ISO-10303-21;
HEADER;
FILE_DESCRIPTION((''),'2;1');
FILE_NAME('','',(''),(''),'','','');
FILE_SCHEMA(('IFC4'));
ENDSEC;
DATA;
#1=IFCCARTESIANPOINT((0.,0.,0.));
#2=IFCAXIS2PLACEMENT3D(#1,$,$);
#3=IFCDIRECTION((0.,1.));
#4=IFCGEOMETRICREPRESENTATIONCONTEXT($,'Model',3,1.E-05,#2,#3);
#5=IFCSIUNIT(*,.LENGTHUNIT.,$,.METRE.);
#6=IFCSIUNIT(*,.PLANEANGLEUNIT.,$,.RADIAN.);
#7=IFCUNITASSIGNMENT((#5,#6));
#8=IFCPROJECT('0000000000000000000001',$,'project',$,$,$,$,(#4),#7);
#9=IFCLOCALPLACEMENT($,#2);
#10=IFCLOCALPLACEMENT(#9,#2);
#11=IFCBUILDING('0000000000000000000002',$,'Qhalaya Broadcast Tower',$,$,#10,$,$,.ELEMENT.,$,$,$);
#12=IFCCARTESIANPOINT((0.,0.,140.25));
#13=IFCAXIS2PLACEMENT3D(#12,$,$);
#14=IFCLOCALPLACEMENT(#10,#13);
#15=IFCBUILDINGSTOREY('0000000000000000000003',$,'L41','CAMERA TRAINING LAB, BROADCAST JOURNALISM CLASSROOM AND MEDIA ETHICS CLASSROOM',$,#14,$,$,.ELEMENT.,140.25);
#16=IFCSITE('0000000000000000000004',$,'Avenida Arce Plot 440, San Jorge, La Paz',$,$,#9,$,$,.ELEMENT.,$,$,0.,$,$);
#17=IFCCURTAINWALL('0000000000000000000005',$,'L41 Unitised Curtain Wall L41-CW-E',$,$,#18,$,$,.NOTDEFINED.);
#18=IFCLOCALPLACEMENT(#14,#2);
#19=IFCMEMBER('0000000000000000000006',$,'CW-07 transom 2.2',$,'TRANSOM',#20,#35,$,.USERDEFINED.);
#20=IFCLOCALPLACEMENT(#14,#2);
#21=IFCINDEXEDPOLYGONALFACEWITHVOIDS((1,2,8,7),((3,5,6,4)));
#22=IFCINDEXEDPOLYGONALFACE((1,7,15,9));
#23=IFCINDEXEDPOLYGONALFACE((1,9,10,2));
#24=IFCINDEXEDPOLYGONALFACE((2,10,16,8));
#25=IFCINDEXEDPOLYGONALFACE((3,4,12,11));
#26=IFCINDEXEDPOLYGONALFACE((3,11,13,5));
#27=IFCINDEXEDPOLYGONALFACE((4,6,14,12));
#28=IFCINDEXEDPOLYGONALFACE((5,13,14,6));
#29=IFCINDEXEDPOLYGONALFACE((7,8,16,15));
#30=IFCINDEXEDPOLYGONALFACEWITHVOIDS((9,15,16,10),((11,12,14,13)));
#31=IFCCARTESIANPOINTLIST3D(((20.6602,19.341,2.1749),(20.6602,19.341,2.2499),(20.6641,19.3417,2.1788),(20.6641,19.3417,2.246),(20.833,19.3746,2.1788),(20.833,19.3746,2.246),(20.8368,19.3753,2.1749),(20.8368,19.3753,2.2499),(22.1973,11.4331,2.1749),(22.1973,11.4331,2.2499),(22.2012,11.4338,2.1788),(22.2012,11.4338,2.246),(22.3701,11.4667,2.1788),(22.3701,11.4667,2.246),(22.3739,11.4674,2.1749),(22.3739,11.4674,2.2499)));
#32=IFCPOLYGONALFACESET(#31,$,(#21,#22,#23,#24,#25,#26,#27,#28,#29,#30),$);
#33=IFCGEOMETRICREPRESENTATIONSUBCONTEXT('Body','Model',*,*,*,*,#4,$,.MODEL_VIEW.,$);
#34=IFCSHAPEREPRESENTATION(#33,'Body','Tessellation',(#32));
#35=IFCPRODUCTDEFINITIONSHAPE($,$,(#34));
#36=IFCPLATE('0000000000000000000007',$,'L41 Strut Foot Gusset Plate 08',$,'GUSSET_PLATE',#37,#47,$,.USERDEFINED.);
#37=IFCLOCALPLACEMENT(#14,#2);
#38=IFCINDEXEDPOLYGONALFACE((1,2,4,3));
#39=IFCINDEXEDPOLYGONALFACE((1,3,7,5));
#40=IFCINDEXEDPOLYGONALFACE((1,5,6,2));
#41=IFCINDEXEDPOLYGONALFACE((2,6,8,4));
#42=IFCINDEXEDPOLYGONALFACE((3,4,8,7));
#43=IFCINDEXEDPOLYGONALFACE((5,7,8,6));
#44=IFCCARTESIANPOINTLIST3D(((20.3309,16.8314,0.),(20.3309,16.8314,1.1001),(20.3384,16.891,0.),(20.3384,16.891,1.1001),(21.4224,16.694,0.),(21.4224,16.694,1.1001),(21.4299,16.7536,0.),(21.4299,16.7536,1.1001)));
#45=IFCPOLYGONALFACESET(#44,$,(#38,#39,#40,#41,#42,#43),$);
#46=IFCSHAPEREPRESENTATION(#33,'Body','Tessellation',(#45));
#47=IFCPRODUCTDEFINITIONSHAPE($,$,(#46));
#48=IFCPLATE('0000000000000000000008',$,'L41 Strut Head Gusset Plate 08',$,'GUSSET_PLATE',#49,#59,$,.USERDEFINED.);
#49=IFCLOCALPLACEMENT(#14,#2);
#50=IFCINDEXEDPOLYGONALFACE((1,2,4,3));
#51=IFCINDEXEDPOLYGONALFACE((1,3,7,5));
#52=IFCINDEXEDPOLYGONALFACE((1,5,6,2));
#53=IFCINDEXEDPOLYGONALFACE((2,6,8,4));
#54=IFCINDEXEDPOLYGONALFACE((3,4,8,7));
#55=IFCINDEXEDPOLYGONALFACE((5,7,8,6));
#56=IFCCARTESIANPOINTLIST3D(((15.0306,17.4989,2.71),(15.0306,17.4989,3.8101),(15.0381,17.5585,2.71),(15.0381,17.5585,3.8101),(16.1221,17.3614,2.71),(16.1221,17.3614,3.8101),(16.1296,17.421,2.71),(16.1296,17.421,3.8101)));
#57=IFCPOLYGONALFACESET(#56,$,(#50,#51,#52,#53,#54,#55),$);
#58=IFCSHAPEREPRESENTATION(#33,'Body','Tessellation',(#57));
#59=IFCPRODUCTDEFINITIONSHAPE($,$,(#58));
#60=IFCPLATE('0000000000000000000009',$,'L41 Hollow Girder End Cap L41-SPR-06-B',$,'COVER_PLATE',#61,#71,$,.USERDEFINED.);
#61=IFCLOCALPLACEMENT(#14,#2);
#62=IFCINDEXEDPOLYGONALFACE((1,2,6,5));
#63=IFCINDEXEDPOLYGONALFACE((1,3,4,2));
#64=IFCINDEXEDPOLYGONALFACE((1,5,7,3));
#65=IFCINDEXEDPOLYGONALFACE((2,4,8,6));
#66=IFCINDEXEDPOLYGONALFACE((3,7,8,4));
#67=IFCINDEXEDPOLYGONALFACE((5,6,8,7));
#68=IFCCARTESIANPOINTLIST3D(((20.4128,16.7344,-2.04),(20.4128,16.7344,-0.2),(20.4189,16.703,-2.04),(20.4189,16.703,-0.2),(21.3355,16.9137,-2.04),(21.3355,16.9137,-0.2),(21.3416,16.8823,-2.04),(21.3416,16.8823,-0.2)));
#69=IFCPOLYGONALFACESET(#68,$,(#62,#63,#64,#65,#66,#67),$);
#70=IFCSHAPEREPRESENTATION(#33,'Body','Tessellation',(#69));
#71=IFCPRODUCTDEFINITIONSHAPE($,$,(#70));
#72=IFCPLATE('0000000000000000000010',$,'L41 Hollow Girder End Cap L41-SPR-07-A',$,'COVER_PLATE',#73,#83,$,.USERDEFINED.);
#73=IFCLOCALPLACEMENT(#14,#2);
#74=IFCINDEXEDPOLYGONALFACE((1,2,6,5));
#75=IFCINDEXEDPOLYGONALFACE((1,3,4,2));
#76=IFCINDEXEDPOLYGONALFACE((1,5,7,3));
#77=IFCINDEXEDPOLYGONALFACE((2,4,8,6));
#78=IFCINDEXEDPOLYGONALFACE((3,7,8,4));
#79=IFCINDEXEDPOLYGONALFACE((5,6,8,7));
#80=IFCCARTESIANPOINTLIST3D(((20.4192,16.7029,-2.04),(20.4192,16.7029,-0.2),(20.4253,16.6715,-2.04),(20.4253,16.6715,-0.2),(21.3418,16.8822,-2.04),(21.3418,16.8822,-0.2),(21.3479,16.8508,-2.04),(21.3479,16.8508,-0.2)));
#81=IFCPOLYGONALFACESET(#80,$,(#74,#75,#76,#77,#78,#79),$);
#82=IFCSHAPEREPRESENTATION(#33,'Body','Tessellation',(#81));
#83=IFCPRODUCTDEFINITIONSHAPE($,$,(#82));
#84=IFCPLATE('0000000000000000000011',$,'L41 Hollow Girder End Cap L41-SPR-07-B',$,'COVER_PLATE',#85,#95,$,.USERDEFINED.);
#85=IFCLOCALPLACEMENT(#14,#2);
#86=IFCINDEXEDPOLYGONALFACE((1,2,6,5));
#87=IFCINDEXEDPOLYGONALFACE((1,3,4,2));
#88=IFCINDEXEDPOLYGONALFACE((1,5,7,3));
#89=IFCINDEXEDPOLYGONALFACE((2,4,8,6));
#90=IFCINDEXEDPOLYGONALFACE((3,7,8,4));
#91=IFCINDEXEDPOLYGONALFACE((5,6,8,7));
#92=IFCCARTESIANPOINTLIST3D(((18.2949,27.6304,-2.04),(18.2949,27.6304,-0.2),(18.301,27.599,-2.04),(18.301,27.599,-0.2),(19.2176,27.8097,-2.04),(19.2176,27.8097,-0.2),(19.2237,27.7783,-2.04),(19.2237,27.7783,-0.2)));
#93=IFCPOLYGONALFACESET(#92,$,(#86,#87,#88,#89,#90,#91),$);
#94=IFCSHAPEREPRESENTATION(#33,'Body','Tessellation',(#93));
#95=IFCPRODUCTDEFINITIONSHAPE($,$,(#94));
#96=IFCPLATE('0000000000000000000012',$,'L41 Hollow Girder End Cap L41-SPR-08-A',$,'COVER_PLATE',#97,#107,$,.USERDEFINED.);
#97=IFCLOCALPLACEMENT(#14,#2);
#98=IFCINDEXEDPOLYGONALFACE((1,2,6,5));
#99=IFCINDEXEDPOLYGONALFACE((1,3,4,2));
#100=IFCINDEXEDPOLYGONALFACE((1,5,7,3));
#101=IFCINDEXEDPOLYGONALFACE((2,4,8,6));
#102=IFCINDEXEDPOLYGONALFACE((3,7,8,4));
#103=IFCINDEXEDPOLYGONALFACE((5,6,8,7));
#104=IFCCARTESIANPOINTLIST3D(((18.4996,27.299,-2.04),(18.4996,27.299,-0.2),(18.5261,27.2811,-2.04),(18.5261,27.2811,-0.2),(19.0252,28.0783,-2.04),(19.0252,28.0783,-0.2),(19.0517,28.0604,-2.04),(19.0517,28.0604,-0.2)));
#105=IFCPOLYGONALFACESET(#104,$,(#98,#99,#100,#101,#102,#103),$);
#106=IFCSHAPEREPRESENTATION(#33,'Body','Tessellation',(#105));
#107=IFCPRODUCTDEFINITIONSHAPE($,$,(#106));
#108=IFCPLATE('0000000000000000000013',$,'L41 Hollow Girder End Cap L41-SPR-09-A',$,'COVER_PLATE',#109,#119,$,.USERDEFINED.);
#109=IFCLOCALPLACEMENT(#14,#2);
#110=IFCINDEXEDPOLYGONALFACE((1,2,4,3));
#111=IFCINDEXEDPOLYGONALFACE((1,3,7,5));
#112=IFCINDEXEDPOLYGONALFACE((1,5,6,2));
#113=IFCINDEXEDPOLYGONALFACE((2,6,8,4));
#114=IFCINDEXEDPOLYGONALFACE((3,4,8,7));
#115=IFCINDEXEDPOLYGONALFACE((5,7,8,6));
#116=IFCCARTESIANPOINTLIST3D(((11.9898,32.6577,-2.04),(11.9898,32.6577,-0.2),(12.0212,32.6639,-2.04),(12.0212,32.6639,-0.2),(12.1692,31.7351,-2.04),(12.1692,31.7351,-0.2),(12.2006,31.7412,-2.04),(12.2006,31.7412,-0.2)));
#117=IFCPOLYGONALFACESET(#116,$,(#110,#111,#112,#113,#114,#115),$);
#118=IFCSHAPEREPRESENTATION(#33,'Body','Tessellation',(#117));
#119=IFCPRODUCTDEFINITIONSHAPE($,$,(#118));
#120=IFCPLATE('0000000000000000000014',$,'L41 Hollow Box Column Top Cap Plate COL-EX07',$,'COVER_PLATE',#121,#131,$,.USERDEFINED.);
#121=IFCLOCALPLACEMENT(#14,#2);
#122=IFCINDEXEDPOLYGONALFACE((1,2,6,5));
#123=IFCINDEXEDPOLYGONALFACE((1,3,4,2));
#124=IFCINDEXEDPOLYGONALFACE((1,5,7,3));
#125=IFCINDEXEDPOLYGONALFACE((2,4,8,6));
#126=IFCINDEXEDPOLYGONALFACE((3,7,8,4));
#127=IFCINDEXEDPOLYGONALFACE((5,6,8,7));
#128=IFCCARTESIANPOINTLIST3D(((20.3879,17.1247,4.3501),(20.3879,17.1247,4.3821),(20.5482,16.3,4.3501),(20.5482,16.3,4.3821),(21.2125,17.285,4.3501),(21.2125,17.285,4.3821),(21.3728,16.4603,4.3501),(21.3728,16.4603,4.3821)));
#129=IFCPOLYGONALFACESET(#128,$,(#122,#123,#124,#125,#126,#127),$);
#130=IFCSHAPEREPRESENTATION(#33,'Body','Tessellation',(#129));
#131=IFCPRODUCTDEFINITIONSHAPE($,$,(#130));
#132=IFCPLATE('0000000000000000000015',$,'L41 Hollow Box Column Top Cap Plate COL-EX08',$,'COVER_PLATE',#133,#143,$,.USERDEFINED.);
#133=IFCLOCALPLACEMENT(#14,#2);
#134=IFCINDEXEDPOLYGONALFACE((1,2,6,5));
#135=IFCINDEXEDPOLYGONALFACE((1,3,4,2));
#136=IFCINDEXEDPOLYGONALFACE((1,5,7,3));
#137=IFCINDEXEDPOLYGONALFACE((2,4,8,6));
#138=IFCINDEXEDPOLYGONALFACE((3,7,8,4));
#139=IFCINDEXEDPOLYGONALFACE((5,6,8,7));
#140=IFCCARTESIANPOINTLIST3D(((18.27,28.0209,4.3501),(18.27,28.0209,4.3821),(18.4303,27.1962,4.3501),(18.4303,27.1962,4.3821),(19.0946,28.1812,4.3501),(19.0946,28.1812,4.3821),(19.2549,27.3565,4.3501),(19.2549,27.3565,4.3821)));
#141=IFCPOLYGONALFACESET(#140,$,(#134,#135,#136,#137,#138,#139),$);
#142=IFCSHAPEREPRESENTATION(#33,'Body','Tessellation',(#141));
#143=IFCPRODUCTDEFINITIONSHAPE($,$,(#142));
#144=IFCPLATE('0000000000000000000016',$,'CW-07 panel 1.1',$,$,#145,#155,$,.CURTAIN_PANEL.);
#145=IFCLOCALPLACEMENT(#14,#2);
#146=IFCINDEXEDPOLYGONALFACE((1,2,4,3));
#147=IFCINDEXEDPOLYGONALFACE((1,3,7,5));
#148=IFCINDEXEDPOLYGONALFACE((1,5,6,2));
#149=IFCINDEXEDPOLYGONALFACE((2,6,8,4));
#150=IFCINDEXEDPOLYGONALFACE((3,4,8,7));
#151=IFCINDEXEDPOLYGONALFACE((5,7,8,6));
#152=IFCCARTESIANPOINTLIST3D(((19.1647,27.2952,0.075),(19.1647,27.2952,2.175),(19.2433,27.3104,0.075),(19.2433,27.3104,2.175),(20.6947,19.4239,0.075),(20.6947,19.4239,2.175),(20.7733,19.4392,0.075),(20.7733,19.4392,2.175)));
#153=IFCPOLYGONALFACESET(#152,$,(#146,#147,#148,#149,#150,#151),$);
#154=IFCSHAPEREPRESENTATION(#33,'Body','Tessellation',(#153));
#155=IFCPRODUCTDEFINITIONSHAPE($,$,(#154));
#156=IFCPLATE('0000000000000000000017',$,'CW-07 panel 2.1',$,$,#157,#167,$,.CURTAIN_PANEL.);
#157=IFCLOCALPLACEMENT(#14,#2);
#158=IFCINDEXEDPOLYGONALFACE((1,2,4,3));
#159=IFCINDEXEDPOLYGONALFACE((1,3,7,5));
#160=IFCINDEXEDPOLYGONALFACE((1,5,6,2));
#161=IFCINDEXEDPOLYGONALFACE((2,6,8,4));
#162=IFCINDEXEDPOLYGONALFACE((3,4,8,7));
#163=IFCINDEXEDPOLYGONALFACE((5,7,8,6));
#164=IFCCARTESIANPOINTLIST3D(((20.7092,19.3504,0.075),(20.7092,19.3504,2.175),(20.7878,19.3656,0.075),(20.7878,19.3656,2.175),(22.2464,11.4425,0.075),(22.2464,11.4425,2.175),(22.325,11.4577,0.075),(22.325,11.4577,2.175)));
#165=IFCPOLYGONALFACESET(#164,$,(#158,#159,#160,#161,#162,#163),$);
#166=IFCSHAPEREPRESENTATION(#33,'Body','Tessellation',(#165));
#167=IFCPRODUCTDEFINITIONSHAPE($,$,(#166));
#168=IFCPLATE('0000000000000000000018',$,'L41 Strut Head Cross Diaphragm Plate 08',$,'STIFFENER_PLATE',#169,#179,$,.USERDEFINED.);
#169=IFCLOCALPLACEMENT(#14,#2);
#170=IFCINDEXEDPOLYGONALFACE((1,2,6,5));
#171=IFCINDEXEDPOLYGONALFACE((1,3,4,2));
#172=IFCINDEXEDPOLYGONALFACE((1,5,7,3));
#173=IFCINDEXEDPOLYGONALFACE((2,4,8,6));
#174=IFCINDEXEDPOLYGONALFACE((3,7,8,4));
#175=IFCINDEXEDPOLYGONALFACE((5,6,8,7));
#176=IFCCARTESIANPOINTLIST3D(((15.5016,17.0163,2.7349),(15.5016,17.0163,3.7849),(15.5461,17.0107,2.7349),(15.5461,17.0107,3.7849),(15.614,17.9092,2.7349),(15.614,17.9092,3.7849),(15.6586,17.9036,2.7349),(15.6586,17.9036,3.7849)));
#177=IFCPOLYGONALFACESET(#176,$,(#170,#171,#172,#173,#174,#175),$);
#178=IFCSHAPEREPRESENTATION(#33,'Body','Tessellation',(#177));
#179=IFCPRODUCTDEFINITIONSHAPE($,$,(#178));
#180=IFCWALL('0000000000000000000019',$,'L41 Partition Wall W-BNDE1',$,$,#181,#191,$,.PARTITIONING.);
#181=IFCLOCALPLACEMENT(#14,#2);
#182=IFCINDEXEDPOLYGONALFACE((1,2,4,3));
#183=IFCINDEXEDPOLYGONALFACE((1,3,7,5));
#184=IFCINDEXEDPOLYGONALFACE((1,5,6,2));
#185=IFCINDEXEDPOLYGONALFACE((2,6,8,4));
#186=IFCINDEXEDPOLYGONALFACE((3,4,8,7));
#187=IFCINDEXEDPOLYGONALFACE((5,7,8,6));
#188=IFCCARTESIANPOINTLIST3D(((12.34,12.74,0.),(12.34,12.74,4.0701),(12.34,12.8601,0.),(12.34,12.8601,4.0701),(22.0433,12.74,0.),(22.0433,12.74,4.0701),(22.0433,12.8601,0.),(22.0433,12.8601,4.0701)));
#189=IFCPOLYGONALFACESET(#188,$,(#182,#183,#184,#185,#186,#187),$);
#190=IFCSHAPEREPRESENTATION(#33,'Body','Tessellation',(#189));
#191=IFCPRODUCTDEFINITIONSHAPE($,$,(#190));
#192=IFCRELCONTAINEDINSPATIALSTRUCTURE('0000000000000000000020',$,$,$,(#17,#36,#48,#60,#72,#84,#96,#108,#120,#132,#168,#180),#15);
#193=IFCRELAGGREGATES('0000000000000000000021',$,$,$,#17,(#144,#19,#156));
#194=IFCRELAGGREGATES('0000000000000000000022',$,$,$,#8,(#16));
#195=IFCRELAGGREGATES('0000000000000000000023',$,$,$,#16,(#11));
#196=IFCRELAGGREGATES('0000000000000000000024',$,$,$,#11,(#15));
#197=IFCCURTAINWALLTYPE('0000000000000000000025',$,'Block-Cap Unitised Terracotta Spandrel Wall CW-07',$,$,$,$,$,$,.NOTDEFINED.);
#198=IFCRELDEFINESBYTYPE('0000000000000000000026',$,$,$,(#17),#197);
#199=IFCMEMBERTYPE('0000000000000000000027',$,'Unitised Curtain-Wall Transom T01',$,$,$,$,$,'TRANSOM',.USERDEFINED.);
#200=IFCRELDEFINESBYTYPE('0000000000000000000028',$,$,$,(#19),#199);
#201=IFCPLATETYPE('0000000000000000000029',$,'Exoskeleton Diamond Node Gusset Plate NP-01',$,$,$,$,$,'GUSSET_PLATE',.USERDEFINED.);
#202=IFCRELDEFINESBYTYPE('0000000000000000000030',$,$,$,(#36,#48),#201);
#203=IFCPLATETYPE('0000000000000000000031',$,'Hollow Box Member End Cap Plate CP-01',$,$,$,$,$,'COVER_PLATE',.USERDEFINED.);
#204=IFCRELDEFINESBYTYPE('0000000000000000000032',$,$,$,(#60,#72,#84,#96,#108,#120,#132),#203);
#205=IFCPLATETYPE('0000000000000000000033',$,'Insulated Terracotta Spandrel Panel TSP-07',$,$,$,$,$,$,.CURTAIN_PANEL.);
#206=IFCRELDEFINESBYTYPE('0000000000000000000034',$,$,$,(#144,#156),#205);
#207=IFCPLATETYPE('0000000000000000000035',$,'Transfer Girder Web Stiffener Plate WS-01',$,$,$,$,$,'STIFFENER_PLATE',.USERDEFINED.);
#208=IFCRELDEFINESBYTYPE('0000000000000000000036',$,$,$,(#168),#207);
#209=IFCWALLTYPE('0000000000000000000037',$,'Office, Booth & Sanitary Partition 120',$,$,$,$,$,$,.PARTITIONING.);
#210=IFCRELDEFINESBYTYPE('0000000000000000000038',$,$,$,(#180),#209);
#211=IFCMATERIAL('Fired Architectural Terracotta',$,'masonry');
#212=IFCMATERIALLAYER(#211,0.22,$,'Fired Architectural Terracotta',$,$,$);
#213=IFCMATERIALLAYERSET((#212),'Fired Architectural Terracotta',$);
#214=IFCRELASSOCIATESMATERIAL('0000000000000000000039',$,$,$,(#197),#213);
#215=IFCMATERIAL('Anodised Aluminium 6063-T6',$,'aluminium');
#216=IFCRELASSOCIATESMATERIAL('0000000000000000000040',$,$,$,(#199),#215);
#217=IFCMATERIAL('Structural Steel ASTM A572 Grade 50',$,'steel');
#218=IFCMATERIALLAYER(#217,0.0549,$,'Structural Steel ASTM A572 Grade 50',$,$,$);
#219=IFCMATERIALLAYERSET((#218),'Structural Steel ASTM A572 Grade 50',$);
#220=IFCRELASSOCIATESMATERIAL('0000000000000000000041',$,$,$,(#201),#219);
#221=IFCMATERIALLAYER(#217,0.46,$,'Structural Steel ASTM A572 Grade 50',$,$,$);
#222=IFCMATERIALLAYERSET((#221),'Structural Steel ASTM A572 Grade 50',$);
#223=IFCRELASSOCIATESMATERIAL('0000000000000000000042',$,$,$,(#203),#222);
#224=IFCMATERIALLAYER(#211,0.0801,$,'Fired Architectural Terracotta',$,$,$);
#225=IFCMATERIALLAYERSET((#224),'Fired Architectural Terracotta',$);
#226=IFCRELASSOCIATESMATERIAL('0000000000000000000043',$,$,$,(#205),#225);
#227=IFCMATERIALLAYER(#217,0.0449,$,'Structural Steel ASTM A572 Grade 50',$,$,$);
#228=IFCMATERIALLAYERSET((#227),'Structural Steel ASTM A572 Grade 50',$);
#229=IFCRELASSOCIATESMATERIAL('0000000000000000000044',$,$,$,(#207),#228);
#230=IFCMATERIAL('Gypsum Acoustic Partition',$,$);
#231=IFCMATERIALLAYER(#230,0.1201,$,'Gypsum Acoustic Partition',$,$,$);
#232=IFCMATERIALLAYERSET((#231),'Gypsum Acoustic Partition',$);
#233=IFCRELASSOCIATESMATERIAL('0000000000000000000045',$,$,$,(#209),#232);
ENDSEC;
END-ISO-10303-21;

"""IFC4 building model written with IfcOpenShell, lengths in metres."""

from ifc_helpers import new_model, si_unit, direction, frame, frame_2d, origin, origin_2d, place, context, subcontext, project, spatial, rectangle, hollow_rectangle, extrude, material, layer, layer_set, material_profile, profile_set, type_object, element, aggregate, save


model = new_model("IFC4")

# Units and contexts
model_context = context("Model", 3, precision=1e-05, world=origin(), true_north=direction((0.0, 1.0)))
body_context = subcontext(model_context, "Body", "Model", "MODEL_VIEW")
ifc_project = project(units=[si_unit("LENGTHUNIT", "METRE"), si_unit("PLANEANGLEUNIT", "RADIAN")], contexts=[model_context])

# Site, building, storey
site_placement = place(None, origin())
site = spatial("IfcSite", under=ifc_project, at=site_placement, Name="Avenida Arce Plot 440, San Jorge, La Paz", CompositionType="ELEMENT", RefElevation=0.0)
building_placement = place(site_placement, origin())
building = spatial("IfcBuilding", under=site, at=building_placement, Name="Qhalaya Broadcast Tower", CompositionType="ELEMENT")
storey_placement = place(building_placement, frame((0.0, 0.0, 140.25)))
storey = spatial("IfcBuildingStorey", under=building, at=storey_placement, Name="L41", Description="CAMERA TRAINING LAB, BROADCAST JOURNALISM CLASSROOM AND MEDIA ETHICS CLASSROOM", CompositionType="ELEMENT", Elevation=140.25)

# Shared definitions
ifc_material_1 = material(Name="Structural Steel ASTM A572 Grade 50", Category="steel")

# Curtain wall, member
ifc_material_2 = material(Name="Fired Architectural Terracotta", Category="masonry")
ifc_layer_1 = layer(ifc_material_2, 0.22, Name="Fired Architectural Terracotta")
ifc_layer_set_1 = layer_set([ifc_layer_1], Name="Fired Architectural Terracotta")
curtain_wall_type = type_object("IfcCurtainWallType", Name="Block-Cap Unitised Terracotta Spandrel Wall CW-07", PredefinedType="NOTDEFINED", material=ifc_layer_set_1)
curtain_wall_placement = place(storey_placement, origin())
curtain_wall = element("IfcCurtainWall", 1, at=curtain_wall_placement, inside=storey, type_object=curtain_wall_type, Name="L41 Unitised Curtain Wall L41-CW-E", PredefinedType="NOTDEFINED")
ifc_material_3 = material(Name="Anodised Aluminium 6063-T6", Category="aluminium")
ifc_material_profile_1 = material_profile(ifc_material_3, hollow_rectangle(XDim=0.075, YDim=0.1799, WallThickness=0.0039, at=origin_2d()), Name="ALU-TRN 75x180x4")
ifc_profile_set_1 = profile_set([ifc_material_profile_1], Name="Anodised Aluminium 6063-T6")
member_type_1 = type_object("IfcMemberType", Name="Unitised Curtain-Wall Transom T01", ElementType="TRANSOM", PredefinedType="USERDEFINED", material=ifc_profile_set_1)
member_1_placement = place(storey_placement, frame((20.7485, 19.3582, 2.2124), z_axis=(0.190804, -0.981628, 0.0), x_axis=(0.0, 0.0, 1.0)))
member_1 = element("IfcMember", 2, at=member_1_placement, type_object=member_type_1, Name="CW-07 transom 2.2", ObjectType="TRANSOM", PredefinedType="USERDEFINED", context=body_context, shape_type="SweptSolid", body=[
    extrude(hollow_rectangle(XDim=0.075, YDim=0.1799, WallThickness=0.0039, at=origin_2d()), origin(), (0.0, 0.0, 1.0), 8.0559),
])

# Plates
ifc_layer_2 = layer(ifc_material_1, 0.0549, Name="Structural Steel ASTM A572 Grade 50")
ifc_layer_set_2 = layer_set([ifc_layer_2], Name="Structural Steel ASTM A572 Grade 50")
plate_type_1 = type_object("IfcPlateType", Name="Exoskeleton Diamond Node Gusset Plate NP-01", ElementType="GUSSET_PLATE", PredefinedType="USERDEFINED", material=ifc_layer_set_2)
for number, where, z_axis, x_axis, name in (
    (3, (20.8804, 16.7925, 0.0), (0.0, 0.0, 1.0), (-0.992165, 0.124935, 0.0), "L41 Strut Foot Gusset Plate 08"),
    (4, (15.5801, 17.46, 2.71), (0.0, 0.0, 1.0), (-0.992165, 0.124935, 0.0), "L41 Strut Head Gusset Plate 08"),
):
    element("IfcPlate", number, at=place(storey_placement, frame(where, z_axis=z_axis, x_axis=x_axis)), inside=storey, type_object=plate_type_1, Name=name, ObjectType="GUSSET_PLATE", PredefinedType="USERDEFINED", context=body_context, shape_type="SweptSolid", body=[
        extrude(rectangle(XDim=1.1001, YDim=0.0601, at=origin_2d()), origin(), (0.0, 0.0, 1.0), 1.1001),
    ])
ifc_layer_3 = layer(ifc_material_1, 0.46, Name="Structural Steel ASTM A572 Grade 50")
ifc_layer_set_3 = layer_set([ifc_layer_3], Name="Structural Steel ASTM A572 Grade 50")
plate_type_2 = type_object("IfcPlateType", Name="Hollow Box Member End Cap Plate CP-01", ElementType="COVER_PLATE", PredefinedType="USERDEFINED", material=ifc_layer_set_3)
for number, where, z_axis, x_axis, name in (
    (5, (20.8772, 16.8083, -2.04), (0.0, 0.0, 1.0), (-0.981627, -0.190809, 0.0), "L41 Hollow Girder End Cap L41-SPR-06-B"),
    (6, (20.8835, 16.7769, -2.04), (0.0, 0.0, 1.0), (-0.981627, -0.190809, 0.0), "L41 Hollow Girder End Cap L41-SPR-07-A"),
    (7, (18.7593, 27.7043, -2.04), (0.0, 0.0, 1.0), (-0.981627, -0.190809, 0.0), "L41 Hollow Girder End Cap L41-SPR-07-B"),
    (8, (18.7756, 27.6797, -2.04), (0.0, 0.0, 1.0), (-0.559193, -0.829038, 0.0), "L41 Hollow Girder End Cap L41-SPR-08-A"),
    (9, (12.0952, 32.1995, -2.04), (0.0, 0.0, 1.0), (0.190809, -0.981627, 0.0), "L41 Hollow Girder End Cap L41-SPR-09-A"),
):
    element("IfcPlate", number, at=place(storey_placement, frame(where, z_axis=z_axis, x_axis=x_axis)), inside=storey, type_object=plate_type_2, Name=name, ObjectType="COVER_PLATE", PredefinedType="USERDEFINED", context=body_context, shape_type="SweptSolid", body=[
        extrude(rectangle(XDim=0.9399, YDim=0.032, at=origin_2d()), origin(), (0.0, 0.0, 1.0), 1.8401),
    ])
for number, where, z_axis, x_axis, name in (
    (10, (20.8804, 16.7925, 4.3501), (0.0, 0.0, 1.0), (-0.190809, 0.981627, 0.0), "L41 Hollow Box Column Top Cap Plate COL-EX07"),
    (11, (18.7625, 27.6887, 4.3501), (0.0, 0.0, 1.0), (-0.190809, 0.981627, 0.0), "L41 Hollow Box Column Top Cap Plate COL-EX08"),
):
    element("IfcPlate", number, at=place(storey_placement, frame(where, z_axis=z_axis, x_axis=x_axis)), inside=storey, type_object=plate_type_2, Name=name, ObjectType="COVER_PLATE", PredefinedType="USERDEFINED", context=body_context, shape_type="SweptSolid", body=[
        extrude(rectangle(XDim=0.8401, YDim=0.8401, at=origin_2d()), origin(), (0.0, 0.0, 1.0), 0.032),
    ])

# Plates
ifc_layer_4 = layer(ifc_material_2, 0.0801, Name="Fired Architectural Terracotta")
ifc_layer_set_4 = layer_set([ifc_layer_4], Name="Fired Architectural Terracotta")
plate_type_3 = type_object("IfcPlateType", Name="Insulated Terracotta Spandrel Panel TSP-07", PredefinedType="CURTAIN_PANEL", material=ifc_layer_set_4)
plate_1_placement = place(storey_placement, frame((19.969, 23.3672, 0.075), z_axis=(0.0, 0.0, 1.0), x_axis=(0.19081, -0.981627, 0.0)))
plate_1 = element("IfcPlate", 12, at=plate_1_placement, type_object=plate_type_3, Name="CW-07 panel 1.1", PredefinedType="CURTAIN_PANEL", context=body_context, shape_type="SweptSolid", body=[
    extrude(rectangle(XDim=8.0186, YDim=0.0801, at=origin_2d()), origin(), (0.0, 0.0, 1.0), 2.1001),
])
plate_2_placement = place(storey_placement, frame((21.5171, 15.4041, 0.075), z_axis=(0.0, 0.0, 1.0), x_axis=(0.19081, -0.981627, 0.0)))
plate_2 = element("IfcPlate", 13, at=plate_2_placement, type_object=plate_type_3, Name="CW-07 panel 2.1", PredefinedType="CURTAIN_PANEL", context=body_context, shape_type="SweptSolid", body=[
    extrude(rectangle(XDim=8.0559, YDim=0.0801, at=origin_2d()), origin(), (0.0, 0.0, 1.0), 2.1001),
])
aggregate(curtain_wall, [plate_1, member_1, plate_2])
ifc_layer_5 = layer(ifc_material_1, 0.0449, Name="Structural Steel ASTM A572 Grade 50")
ifc_layer_set_5 = layer_set([ifc_layer_5], Name="Structural Steel ASTM A572 Grade 50")
plate_type_4 = type_object("IfcPlateType", Name="Transfer Girder Web Stiffener Plate WS-01", ElementType="STIFFENER_PLATE", PredefinedType="USERDEFINED", material=ifc_layer_set_5)
plate_3_placement = place(storey_placement, frame((15.5801, 17.46, 2.7349), z_axis=(0.0, 0.0, 1.0), x_axis=(-0.124935, -0.992165, 0.0)))
element("IfcPlate", 14, at=plate_3_placement, inside=storey, type_object=plate_type_4, Name="L41 Strut Head Cross Diaphragm Plate 08", ObjectType="STIFFENER_PLATE", PredefinedType="USERDEFINED", context=body_context, shape_type="SweptSolid", body=[
    extrude(rectangle(XDim=0.8999, YDim=0.0449, at=origin_2d()), origin(), (0.0, 0.0, 1.0), 1.05),
])

# Wall
ifc_material_4 = material(Name="Gypsum Acoustic Partition")
ifc_layer_6 = layer(ifc_material_4, 0.1201, Name="Gypsum Acoustic Partition")
ifc_layer_set_6 = layer_set([ifc_layer_6], Name="Gypsum Acoustic Partition")
wall_type = type_object("IfcWallType", Name="Office, Booth & Sanitary Partition 120", PredefinedType="PARTITIONING", material=ifc_layer_set_6)
wall_placement = place(storey_placement, frame((12.3401, 12.8, 0.0), z_axis=(0.0, 0.0, 1.0), x_axis=(1.0, 0.0, 0.0)))
element("IfcWall", 15, at=wall_placement, inside=storey, type_object=wall_type, Name="L41 Partition Wall W-BNDE1", PredefinedType="PARTITIONING", context=body_context, shape_type="SweptSolid", body=[
    extrude(rectangle(XDim=9.7034, YDim=0.1201, at=frame_2d((4.8516, 0.0))), origin(), (0.0, 0.0, 1.0), 4.0701),
])

save(model, "model.ifc")
